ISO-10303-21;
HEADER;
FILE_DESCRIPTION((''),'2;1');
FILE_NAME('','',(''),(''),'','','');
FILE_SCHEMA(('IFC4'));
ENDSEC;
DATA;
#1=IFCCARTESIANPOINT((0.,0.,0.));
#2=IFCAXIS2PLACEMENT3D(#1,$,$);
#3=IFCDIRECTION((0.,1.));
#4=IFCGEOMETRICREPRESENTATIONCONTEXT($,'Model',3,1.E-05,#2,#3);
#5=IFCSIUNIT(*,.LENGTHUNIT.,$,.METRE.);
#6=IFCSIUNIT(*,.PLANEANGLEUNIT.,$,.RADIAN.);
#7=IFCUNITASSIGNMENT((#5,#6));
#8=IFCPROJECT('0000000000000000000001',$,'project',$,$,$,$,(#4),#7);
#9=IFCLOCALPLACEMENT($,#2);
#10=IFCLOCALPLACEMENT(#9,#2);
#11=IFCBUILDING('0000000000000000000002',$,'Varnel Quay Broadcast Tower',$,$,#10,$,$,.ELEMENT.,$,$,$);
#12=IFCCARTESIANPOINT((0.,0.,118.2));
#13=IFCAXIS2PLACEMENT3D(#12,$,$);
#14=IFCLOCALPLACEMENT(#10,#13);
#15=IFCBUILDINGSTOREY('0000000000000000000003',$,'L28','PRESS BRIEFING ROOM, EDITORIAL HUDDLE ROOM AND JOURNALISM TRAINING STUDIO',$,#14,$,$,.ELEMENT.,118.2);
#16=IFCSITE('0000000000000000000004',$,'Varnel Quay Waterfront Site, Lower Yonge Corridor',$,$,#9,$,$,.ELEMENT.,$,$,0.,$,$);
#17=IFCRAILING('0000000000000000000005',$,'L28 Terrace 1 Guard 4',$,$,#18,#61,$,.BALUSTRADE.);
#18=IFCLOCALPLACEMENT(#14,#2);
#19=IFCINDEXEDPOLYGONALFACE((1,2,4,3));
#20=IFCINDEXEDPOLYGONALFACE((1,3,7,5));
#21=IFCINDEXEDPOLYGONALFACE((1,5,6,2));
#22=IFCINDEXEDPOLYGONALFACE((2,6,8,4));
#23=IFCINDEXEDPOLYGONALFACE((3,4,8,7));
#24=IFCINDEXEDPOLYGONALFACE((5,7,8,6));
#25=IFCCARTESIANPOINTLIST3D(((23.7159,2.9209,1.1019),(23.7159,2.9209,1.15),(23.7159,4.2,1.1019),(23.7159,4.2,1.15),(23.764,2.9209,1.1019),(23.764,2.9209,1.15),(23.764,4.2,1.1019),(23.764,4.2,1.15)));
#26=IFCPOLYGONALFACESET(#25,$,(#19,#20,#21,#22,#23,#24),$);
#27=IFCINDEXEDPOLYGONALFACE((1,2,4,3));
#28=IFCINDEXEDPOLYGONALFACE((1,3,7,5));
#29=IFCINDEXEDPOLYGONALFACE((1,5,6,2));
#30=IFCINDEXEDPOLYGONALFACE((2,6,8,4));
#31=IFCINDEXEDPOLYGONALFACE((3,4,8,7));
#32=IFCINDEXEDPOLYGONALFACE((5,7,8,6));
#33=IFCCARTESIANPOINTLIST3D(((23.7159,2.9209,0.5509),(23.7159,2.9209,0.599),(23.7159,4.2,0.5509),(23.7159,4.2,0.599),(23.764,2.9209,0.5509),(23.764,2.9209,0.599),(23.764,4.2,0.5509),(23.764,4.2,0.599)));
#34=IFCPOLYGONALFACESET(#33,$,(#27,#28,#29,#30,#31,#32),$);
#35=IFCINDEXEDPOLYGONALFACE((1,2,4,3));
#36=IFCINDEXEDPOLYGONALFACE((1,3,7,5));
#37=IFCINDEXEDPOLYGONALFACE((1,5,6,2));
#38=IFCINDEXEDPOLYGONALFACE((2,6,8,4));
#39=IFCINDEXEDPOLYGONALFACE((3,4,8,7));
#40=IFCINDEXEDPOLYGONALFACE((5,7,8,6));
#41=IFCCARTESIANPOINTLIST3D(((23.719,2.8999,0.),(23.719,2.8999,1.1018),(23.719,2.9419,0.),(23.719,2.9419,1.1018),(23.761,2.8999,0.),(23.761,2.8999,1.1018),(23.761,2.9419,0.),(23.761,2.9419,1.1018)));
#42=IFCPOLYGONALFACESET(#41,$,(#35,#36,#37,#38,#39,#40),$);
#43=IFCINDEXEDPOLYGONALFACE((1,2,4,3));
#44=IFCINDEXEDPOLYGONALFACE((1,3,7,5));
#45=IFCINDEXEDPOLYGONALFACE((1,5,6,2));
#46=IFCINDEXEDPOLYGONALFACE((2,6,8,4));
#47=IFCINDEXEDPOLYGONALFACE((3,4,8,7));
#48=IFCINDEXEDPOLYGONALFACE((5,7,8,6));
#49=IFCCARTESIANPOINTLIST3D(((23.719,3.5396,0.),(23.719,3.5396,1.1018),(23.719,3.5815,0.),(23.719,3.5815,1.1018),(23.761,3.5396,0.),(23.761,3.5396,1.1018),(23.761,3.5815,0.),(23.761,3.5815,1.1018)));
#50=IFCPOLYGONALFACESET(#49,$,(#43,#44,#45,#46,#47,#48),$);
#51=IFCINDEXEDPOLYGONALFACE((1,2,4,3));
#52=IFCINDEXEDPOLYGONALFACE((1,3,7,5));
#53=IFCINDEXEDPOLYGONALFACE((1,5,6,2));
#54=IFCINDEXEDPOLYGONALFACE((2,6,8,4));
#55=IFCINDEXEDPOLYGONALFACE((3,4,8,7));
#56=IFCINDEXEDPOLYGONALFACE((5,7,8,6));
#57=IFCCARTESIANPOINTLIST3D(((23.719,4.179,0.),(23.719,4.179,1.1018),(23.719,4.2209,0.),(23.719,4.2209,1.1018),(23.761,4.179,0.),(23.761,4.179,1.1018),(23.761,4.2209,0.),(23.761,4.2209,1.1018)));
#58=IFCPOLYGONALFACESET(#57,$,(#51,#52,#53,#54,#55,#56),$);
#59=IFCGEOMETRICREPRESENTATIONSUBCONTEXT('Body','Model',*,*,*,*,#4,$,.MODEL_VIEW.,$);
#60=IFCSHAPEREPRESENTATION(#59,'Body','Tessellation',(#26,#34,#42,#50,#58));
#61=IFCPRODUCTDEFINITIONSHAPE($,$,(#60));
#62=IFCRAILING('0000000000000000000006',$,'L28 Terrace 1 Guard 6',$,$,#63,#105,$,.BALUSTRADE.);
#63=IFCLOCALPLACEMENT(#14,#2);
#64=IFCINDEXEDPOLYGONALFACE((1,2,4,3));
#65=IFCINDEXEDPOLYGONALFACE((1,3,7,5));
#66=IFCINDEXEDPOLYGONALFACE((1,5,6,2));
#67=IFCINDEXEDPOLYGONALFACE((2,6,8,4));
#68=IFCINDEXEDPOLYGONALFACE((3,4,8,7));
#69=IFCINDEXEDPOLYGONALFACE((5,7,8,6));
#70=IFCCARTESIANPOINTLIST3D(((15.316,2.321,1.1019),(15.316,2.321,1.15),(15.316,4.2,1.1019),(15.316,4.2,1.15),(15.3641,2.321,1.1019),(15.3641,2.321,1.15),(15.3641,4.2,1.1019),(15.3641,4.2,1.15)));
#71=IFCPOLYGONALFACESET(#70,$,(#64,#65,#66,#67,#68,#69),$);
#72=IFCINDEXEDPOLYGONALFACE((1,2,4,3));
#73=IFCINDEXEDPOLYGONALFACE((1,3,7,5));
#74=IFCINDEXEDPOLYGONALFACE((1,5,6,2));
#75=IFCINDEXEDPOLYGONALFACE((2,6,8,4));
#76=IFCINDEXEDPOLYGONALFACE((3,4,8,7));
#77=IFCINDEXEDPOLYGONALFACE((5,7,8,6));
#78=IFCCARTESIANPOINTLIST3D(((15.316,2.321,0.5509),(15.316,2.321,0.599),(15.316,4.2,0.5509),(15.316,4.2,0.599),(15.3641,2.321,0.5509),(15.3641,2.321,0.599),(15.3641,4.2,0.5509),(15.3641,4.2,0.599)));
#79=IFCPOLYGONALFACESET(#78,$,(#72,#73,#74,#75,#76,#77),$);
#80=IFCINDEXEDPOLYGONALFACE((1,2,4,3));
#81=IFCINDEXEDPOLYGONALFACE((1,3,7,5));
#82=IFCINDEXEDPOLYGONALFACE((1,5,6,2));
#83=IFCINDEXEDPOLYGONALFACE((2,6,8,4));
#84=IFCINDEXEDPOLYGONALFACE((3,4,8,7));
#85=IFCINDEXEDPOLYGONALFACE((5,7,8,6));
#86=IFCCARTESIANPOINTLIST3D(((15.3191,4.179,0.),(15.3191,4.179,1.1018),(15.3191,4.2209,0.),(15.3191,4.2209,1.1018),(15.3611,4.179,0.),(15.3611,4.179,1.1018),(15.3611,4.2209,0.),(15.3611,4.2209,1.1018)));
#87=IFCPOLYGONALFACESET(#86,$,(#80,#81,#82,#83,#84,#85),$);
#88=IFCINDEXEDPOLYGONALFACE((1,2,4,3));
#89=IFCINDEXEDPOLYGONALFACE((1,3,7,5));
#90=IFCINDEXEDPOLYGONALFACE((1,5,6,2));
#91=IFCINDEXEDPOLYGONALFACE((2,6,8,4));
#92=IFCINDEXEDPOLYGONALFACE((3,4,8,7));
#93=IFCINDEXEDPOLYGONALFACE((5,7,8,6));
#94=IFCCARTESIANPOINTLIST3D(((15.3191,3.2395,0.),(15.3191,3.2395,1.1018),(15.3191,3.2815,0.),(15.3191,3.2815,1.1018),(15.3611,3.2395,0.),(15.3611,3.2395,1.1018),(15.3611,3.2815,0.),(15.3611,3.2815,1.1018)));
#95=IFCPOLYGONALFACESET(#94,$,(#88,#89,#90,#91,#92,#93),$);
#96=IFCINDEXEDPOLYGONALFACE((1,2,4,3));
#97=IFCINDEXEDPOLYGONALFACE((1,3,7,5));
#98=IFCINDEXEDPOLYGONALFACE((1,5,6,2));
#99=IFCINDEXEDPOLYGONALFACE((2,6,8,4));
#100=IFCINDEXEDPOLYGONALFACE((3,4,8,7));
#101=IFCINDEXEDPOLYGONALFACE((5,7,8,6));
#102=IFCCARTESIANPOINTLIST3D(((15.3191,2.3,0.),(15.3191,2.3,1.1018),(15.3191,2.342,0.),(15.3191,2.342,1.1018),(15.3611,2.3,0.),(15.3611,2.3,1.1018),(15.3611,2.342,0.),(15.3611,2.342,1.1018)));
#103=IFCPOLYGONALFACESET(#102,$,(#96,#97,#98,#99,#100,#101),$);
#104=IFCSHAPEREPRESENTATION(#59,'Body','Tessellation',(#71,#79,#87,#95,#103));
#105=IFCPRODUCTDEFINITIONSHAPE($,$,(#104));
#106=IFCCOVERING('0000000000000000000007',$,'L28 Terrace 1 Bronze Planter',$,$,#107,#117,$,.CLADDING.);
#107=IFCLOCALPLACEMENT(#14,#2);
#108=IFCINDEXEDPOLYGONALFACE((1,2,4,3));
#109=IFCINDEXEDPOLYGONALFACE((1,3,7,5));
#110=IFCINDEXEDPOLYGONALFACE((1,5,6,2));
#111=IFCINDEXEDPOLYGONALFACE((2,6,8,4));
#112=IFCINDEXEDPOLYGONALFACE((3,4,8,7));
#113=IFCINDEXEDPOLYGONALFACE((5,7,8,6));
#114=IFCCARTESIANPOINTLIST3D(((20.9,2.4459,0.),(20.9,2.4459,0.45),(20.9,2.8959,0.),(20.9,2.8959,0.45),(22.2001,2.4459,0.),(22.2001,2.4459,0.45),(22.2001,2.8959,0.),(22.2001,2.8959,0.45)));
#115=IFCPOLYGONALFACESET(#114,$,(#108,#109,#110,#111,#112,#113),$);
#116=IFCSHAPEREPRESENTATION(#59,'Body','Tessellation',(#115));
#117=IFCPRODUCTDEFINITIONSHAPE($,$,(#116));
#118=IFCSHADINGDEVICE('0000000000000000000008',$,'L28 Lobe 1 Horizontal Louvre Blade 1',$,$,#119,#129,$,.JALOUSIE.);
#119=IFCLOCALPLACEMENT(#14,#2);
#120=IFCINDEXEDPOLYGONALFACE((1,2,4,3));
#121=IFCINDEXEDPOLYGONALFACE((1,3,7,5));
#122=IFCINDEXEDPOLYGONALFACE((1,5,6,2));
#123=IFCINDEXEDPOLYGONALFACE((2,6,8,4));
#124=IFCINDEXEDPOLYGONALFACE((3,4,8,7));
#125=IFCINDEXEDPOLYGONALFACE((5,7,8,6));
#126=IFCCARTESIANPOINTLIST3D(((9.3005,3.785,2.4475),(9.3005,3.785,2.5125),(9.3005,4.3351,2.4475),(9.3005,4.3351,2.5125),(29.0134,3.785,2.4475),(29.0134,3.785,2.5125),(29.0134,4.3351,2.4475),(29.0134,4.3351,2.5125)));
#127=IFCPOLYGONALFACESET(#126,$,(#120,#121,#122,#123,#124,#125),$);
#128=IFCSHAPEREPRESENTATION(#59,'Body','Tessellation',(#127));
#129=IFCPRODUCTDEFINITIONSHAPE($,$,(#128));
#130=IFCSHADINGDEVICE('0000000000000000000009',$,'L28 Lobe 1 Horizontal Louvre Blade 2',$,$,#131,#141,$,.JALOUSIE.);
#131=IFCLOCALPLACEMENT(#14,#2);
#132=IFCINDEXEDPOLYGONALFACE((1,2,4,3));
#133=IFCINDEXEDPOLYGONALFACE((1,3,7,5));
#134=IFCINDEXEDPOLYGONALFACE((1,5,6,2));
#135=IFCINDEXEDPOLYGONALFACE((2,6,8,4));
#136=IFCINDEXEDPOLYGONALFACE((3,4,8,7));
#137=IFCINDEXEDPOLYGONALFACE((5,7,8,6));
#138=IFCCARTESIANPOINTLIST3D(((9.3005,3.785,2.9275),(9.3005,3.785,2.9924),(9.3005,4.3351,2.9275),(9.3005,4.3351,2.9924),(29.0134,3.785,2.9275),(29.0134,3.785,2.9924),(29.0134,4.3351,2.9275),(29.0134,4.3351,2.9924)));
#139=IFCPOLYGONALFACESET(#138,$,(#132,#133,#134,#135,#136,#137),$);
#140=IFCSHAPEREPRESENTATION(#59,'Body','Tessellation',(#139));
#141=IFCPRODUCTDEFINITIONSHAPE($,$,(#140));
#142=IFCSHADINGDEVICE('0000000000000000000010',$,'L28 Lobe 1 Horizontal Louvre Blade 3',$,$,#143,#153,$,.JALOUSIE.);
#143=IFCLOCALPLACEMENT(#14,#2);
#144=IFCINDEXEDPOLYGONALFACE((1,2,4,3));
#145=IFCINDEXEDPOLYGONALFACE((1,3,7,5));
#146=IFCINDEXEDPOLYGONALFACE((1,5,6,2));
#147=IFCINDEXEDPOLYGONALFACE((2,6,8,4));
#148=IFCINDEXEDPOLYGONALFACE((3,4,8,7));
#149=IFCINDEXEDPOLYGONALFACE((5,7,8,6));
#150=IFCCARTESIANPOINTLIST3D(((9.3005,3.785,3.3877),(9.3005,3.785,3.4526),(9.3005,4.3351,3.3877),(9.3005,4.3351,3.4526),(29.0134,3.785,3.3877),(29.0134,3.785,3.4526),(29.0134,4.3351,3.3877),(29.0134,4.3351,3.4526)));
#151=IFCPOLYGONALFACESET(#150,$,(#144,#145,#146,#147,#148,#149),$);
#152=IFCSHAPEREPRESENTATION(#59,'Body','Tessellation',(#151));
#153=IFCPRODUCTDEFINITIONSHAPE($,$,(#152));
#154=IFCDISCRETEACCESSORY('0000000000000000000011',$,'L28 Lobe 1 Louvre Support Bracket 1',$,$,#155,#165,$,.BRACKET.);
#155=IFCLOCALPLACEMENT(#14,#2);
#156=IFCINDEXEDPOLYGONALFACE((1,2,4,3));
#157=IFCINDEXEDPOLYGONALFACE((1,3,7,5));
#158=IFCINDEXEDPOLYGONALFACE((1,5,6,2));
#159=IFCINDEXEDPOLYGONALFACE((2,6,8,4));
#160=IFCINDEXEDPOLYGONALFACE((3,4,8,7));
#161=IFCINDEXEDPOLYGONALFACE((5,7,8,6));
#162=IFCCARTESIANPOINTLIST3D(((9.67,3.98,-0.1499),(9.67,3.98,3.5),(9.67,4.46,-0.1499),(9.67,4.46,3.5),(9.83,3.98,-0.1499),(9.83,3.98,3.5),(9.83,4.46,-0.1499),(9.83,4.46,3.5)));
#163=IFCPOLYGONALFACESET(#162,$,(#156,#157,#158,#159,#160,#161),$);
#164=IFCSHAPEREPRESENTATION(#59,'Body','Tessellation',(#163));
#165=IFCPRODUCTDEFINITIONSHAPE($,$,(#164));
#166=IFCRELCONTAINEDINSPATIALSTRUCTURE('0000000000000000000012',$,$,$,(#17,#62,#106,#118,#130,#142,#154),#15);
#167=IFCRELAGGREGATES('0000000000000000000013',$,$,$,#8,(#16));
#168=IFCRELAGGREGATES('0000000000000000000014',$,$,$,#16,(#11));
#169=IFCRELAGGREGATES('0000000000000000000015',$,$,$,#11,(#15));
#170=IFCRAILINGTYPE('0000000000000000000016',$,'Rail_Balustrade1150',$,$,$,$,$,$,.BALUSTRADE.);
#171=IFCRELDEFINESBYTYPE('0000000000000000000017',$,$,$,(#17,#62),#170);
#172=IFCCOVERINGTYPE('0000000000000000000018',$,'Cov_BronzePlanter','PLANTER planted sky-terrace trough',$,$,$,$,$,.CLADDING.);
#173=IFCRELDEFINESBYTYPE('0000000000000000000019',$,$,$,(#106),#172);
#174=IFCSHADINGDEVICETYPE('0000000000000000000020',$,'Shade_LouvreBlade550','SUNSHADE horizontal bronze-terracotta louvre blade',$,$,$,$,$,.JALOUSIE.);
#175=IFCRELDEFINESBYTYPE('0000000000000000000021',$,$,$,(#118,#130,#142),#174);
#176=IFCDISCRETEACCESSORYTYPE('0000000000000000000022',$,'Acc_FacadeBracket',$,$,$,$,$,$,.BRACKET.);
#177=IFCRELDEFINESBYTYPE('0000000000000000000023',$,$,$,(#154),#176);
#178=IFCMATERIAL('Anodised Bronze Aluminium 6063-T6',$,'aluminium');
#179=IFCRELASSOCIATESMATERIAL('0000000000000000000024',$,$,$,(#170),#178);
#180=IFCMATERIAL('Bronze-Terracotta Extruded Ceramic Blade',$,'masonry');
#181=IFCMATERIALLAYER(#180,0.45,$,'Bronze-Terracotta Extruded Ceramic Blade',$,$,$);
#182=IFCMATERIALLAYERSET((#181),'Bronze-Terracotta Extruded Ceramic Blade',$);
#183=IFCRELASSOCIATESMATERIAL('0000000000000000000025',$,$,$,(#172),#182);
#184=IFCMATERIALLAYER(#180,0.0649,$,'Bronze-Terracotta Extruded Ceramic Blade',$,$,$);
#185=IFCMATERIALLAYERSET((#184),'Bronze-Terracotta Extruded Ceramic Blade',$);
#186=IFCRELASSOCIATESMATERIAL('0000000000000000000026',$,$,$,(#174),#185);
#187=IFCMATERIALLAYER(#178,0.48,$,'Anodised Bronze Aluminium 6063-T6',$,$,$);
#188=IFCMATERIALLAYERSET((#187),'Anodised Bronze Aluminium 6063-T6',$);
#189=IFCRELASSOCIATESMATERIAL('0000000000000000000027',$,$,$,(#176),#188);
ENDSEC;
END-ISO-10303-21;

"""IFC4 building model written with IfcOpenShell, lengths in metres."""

from ifc_helpers import new_model, si_unit, direction, frame, origin, origin_2d, place, context, subcontext, project, spatial, rectangle, extrude, source, transform, mapped, material, layer, layer_set, type_object, type_shapes, element, save


model = new_model("IFC4")

# Units and contexts
model_context = context("Model", 3, precision=1e-05, world=origin(), true_north=direction((0.0, 1.0)))
body_context = subcontext(model_context, "Body", "Model", "MODEL_VIEW")
ifc_project = project(units=[si_unit("LENGTHUNIT", "METRE"), si_unit("PLANEANGLEUNIT", "RADIAN")], contexts=[model_context])

# Site, building, storey
site_placement = place(None, origin())
site = spatial("IfcSite", under=ifc_project, at=site_placement, Name="Varnel Quay Waterfront Site, Lower Yonge Corridor", CompositionType="ELEMENT", RefElevation=0.0)
building_placement = place(site_placement, origin())
building = spatial("IfcBuilding", under=site, at=building_placement, Name="Varnel Quay Broadcast Tower", CompositionType="ELEMENT")
storey_placement = place(building_placement, frame((0.0, 0.0, 118.2)))
storey = spatial("IfcBuildingStorey", under=building, at=storey_placement, Name="L28", Description="PRESS BRIEFING ROOM, EDITORIAL HUDDLE ROOM AND JOURNALISM TRAINING STUDIO", CompositionType="ELEMENT", Elevation=118.2)

# Shared definitions
ifc_material_1 = material(Name="Anodised Bronze Aluminium 6063-T6", Category="aluminium")

# Railings
railing_type = type_object("IfcRailingType", Name="Rail_Balustrade1150", PredefinedType="BALUSTRADE", material=ifc_material_1)
railing_1_placement = place(storey_placement, frame((23.74, 2.9209, 0.0)))
element("IfcRailing", 1, at=railing_1_placement, inside=storey, type_object=railing_type, Name="L28 Terrace 1 Guard 4", PredefinedType="BALUSTRADE", context=body_context, shape_type="SweptSolid", body=[
    extrude(rectangle(XDim=0.0481, YDim=0.0481, at=origin_2d()), frame((0.0, 0.0, 1.126), z_axis=(0.0, 1.0, 0.0), x_axis=(-1.0, 0.0, 0.0)), (0.0, 0.0, 1.0), 1.2791),
    extrude(rectangle(XDim=0.0481, YDim=0.0481, at=origin_2d()), frame((0.0, 0.0, 0.575), z_axis=(0.0, 1.0, 0.0), x_axis=(-1.0, 0.0, 0.0)), (0.0, 0.0, 1.0), 1.2791),
    extrude(rectangle(XDim=0.042, YDim=0.042, at=origin_2d()), origin(), (0.0, 0.0, 1.0), 1.1018),
    extrude(rectangle(XDim=0.042, YDim=0.042, at=origin_2d()), frame((0.0, 0.6396, 0.0)), (0.0, 0.0, 1.0), 1.1018),
    extrude(rectangle(XDim=0.042, YDim=0.042, at=origin_2d()), frame((0.0, 1.2791, 0.0)), (0.0, 0.0, 1.0), 1.1018),
])
railing_2_placement = place(storey_placement, frame((15.3401, 4.2, 0.0)))
element("IfcRailing", 2, at=railing_2_placement, inside=storey, type_object=railing_type, Name="L28 Terrace 1 Guard 6", PredefinedType="BALUSTRADE", context=body_context, shape_type="SweptSolid", body=[
    extrude(rectangle(XDim=0.0481, YDim=0.0481, at=origin_2d()), frame((0.0, 0.0, 1.126), z_axis=(0.0, -1.0, 0.0), x_axis=(1.0, 0.0, 0.0)), (0.0, 0.0, 1.0), 1.8789),
    extrude(rectangle(XDim=0.0481, YDim=0.0481, at=origin_2d()), frame((0.0, 0.0, 0.575), z_axis=(0.0, -1.0, 0.0), x_axis=(1.0, 0.0, 0.0)), (0.0, 0.0, 1.0), 1.8789),
    extrude(rectangle(XDim=0.042, YDim=0.042, at=origin_2d()), origin(), (0.0, 0.0, 1.0), 1.1018),
    extrude(rectangle(XDim=0.042, YDim=0.042, at=origin_2d()), frame((0.0, -0.9395, 0.0)), (0.0, 0.0, 1.0), 1.1018),
    extrude(rectangle(XDim=0.042, YDim=0.042, at=origin_2d()), frame((0.0, -1.8789, 0.0)), (0.0, 0.0, 1.0), 1.1018),
])

# Covering
ifc_material_2 = material(Name="Bronze-Terracotta Extruded Ceramic Blade", Category="masonry")
ifc_layer_1 = layer(ifc_material_2, 0.45, Name="Bronze-Terracotta Extruded Ceramic Blade")
ifc_layer_set_1 = layer_set([ifc_layer_1], Name="Bronze-Terracotta Extruded Ceramic Blade")
covering_type = type_object("IfcCoveringType", Name="Cov_BronzePlanter", Description="PLANTER planted sky-terrace trough", PredefinedType="CLADDING", material=ifc_layer_set_1)
shared_shape_1 = source(origin(), body_context, "Body", "SweptSolid", [
    extrude(rectangle(XDim=1.3, YDim=0.45, at=origin_2d()), origin(), (0.0, 0.0, 1.0), 0.45),
])
type_shapes(covering_type, [shared_shape_1])
covering_placement = place(storey_placement, frame((21.55, 2.6709, 0.0), z_axis=(0.0, 0.0, 1.0), x_axis=(1.0, 0.0, 0.0)))
element("IfcCovering", 3, at=covering_placement, inside=storey, type_object=covering_type, Name="L28 Terrace 1 Bronze Planter", PredefinedType="CLADDING", context=body_context, shape_type="MappedRepresentation", body=[
    mapped(shared_shape_1, transform((0.0, 0.0, 0.0), x_axis=(1.0, 0.0, 0.0), y_axis=(0.0, 1.0, 0.0), z_axis=(0.0, 0.0, 1.0), scale=1.0)),
])

# Shading devices
ifc_layer_2 = layer(ifc_material_2, 0.0649, Name="Bronze-Terracotta Extruded Ceramic Blade")
ifc_layer_set_2 = layer_set([ifc_layer_2], Name="Bronze-Terracotta Extruded Ceramic Blade")
shading_device_type = type_object("IfcShadingDeviceType", Name="Shade_LouvreBlade550", Description="SUNSHADE horizontal bronze-terracotta louvre blade", PredefinedType="JALOUSIE", material=ifc_layer_set_2)
shared_shape_2 = source(origin(), body_context, "Body", "SweptSolid", [
    extrude(rectangle(XDim=19.7129, YDim=0.55, at=origin_2d()), origin(), (0.0, 0.0, 1.0), 0.0649),
])
type_shapes(shading_device_type, [shared_shape_2])
for number, where, z_axis, x_axis, name in (
    (4, (19.157, 4.0601, 2.4475), (0.0, 0.0, 1.0), (1.0, 0.0, 0.0), "L28 Lobe 1 Horizontal Louvre Blade 1"),
    (5, (19.157, 4.0601, 2.9275), (0.0, 0.0, 1.0), (1.0, 0.0, 0.0), "L28 Lobe 1 Horizontal Louvre Blade 2"),
    (6, (19.157, 4.0601, 3.3877), (0.0, 0.0, 1.0), (1.0, 0.0, 0.0), "L28 Lobe 1 Horizontal Louvre Blade 3"),
):
    element("IfcShadingDevice", number, at=place(storey_placement, frame(where, z_axis=z_axis, x_axis=x_axis)), inside=storey, type_object=shading_device_type, Name=name, PredefinedType="JALOUSIE", context=body_context, shape_type="MappedRepresentation", body=[
        mapped(shared_shape_2, transform((0.0, 0.0, 0.0), x_axis=(1.0, 0.0, 0.0), y_axis=(0.0, 1.0, 0.0), z_axis=(0.0, 0.0, 1.0), scale=1.0)),
    ])

# Discrete accessory
ifc_layer_3 = layer(ifc_material_1, 0.48, Name="Anodised Bronze Aluminium 6063-T6")
ifc_layer_set_3 = layer_set([ifc_layer_3], Name="Anodised Bronze Aluminium 6063-T6")
discrete_accessory_type = type_object("IfcDiscreteAccessoryType", Name="Acc_FacadeBracket", PredefinedType="BRACKET", material=ifc_layer_set_3)
shared_shape_3 = source(origin(), body_context, "Body", "SweptSolid", [
    extrude(rectangle(XDim=0.1599, YDim=0.48, at=origin_2d()), origin(), (0.0, 0.0, 1.0), 3.6499),
])
type_shapes(discrete_accessory_type, [shared_shape_3])
discrete_accessory_placement = place(storey_placement, frame((9.75, 4.22, -0.1499), z_axis=(0.0, 0.0, 1.0), x_axis=(1.0, 0.0, 0.0)))
element("IfcDiscreteAccessory", 7, at=discrete_accessory_placement, inside=storey, type_object=discrete_accessory_type, Name="L28 Lobe 1 Louvre Support Bracket 1", PredefinedType="BRACKET", context=body_context, shape_type="MappedRepresentation", body=[
    mapped(shared_shape_3, transform((0.0, 0.0, 0.0), x_axis=(1.0, 0.0, 0.0), y_axis=(0.0, 1.0, 0.0), z_axis=(0.0, 0.0, 1.0), scale=1.0)),
])

save(model, "model.ifc")
